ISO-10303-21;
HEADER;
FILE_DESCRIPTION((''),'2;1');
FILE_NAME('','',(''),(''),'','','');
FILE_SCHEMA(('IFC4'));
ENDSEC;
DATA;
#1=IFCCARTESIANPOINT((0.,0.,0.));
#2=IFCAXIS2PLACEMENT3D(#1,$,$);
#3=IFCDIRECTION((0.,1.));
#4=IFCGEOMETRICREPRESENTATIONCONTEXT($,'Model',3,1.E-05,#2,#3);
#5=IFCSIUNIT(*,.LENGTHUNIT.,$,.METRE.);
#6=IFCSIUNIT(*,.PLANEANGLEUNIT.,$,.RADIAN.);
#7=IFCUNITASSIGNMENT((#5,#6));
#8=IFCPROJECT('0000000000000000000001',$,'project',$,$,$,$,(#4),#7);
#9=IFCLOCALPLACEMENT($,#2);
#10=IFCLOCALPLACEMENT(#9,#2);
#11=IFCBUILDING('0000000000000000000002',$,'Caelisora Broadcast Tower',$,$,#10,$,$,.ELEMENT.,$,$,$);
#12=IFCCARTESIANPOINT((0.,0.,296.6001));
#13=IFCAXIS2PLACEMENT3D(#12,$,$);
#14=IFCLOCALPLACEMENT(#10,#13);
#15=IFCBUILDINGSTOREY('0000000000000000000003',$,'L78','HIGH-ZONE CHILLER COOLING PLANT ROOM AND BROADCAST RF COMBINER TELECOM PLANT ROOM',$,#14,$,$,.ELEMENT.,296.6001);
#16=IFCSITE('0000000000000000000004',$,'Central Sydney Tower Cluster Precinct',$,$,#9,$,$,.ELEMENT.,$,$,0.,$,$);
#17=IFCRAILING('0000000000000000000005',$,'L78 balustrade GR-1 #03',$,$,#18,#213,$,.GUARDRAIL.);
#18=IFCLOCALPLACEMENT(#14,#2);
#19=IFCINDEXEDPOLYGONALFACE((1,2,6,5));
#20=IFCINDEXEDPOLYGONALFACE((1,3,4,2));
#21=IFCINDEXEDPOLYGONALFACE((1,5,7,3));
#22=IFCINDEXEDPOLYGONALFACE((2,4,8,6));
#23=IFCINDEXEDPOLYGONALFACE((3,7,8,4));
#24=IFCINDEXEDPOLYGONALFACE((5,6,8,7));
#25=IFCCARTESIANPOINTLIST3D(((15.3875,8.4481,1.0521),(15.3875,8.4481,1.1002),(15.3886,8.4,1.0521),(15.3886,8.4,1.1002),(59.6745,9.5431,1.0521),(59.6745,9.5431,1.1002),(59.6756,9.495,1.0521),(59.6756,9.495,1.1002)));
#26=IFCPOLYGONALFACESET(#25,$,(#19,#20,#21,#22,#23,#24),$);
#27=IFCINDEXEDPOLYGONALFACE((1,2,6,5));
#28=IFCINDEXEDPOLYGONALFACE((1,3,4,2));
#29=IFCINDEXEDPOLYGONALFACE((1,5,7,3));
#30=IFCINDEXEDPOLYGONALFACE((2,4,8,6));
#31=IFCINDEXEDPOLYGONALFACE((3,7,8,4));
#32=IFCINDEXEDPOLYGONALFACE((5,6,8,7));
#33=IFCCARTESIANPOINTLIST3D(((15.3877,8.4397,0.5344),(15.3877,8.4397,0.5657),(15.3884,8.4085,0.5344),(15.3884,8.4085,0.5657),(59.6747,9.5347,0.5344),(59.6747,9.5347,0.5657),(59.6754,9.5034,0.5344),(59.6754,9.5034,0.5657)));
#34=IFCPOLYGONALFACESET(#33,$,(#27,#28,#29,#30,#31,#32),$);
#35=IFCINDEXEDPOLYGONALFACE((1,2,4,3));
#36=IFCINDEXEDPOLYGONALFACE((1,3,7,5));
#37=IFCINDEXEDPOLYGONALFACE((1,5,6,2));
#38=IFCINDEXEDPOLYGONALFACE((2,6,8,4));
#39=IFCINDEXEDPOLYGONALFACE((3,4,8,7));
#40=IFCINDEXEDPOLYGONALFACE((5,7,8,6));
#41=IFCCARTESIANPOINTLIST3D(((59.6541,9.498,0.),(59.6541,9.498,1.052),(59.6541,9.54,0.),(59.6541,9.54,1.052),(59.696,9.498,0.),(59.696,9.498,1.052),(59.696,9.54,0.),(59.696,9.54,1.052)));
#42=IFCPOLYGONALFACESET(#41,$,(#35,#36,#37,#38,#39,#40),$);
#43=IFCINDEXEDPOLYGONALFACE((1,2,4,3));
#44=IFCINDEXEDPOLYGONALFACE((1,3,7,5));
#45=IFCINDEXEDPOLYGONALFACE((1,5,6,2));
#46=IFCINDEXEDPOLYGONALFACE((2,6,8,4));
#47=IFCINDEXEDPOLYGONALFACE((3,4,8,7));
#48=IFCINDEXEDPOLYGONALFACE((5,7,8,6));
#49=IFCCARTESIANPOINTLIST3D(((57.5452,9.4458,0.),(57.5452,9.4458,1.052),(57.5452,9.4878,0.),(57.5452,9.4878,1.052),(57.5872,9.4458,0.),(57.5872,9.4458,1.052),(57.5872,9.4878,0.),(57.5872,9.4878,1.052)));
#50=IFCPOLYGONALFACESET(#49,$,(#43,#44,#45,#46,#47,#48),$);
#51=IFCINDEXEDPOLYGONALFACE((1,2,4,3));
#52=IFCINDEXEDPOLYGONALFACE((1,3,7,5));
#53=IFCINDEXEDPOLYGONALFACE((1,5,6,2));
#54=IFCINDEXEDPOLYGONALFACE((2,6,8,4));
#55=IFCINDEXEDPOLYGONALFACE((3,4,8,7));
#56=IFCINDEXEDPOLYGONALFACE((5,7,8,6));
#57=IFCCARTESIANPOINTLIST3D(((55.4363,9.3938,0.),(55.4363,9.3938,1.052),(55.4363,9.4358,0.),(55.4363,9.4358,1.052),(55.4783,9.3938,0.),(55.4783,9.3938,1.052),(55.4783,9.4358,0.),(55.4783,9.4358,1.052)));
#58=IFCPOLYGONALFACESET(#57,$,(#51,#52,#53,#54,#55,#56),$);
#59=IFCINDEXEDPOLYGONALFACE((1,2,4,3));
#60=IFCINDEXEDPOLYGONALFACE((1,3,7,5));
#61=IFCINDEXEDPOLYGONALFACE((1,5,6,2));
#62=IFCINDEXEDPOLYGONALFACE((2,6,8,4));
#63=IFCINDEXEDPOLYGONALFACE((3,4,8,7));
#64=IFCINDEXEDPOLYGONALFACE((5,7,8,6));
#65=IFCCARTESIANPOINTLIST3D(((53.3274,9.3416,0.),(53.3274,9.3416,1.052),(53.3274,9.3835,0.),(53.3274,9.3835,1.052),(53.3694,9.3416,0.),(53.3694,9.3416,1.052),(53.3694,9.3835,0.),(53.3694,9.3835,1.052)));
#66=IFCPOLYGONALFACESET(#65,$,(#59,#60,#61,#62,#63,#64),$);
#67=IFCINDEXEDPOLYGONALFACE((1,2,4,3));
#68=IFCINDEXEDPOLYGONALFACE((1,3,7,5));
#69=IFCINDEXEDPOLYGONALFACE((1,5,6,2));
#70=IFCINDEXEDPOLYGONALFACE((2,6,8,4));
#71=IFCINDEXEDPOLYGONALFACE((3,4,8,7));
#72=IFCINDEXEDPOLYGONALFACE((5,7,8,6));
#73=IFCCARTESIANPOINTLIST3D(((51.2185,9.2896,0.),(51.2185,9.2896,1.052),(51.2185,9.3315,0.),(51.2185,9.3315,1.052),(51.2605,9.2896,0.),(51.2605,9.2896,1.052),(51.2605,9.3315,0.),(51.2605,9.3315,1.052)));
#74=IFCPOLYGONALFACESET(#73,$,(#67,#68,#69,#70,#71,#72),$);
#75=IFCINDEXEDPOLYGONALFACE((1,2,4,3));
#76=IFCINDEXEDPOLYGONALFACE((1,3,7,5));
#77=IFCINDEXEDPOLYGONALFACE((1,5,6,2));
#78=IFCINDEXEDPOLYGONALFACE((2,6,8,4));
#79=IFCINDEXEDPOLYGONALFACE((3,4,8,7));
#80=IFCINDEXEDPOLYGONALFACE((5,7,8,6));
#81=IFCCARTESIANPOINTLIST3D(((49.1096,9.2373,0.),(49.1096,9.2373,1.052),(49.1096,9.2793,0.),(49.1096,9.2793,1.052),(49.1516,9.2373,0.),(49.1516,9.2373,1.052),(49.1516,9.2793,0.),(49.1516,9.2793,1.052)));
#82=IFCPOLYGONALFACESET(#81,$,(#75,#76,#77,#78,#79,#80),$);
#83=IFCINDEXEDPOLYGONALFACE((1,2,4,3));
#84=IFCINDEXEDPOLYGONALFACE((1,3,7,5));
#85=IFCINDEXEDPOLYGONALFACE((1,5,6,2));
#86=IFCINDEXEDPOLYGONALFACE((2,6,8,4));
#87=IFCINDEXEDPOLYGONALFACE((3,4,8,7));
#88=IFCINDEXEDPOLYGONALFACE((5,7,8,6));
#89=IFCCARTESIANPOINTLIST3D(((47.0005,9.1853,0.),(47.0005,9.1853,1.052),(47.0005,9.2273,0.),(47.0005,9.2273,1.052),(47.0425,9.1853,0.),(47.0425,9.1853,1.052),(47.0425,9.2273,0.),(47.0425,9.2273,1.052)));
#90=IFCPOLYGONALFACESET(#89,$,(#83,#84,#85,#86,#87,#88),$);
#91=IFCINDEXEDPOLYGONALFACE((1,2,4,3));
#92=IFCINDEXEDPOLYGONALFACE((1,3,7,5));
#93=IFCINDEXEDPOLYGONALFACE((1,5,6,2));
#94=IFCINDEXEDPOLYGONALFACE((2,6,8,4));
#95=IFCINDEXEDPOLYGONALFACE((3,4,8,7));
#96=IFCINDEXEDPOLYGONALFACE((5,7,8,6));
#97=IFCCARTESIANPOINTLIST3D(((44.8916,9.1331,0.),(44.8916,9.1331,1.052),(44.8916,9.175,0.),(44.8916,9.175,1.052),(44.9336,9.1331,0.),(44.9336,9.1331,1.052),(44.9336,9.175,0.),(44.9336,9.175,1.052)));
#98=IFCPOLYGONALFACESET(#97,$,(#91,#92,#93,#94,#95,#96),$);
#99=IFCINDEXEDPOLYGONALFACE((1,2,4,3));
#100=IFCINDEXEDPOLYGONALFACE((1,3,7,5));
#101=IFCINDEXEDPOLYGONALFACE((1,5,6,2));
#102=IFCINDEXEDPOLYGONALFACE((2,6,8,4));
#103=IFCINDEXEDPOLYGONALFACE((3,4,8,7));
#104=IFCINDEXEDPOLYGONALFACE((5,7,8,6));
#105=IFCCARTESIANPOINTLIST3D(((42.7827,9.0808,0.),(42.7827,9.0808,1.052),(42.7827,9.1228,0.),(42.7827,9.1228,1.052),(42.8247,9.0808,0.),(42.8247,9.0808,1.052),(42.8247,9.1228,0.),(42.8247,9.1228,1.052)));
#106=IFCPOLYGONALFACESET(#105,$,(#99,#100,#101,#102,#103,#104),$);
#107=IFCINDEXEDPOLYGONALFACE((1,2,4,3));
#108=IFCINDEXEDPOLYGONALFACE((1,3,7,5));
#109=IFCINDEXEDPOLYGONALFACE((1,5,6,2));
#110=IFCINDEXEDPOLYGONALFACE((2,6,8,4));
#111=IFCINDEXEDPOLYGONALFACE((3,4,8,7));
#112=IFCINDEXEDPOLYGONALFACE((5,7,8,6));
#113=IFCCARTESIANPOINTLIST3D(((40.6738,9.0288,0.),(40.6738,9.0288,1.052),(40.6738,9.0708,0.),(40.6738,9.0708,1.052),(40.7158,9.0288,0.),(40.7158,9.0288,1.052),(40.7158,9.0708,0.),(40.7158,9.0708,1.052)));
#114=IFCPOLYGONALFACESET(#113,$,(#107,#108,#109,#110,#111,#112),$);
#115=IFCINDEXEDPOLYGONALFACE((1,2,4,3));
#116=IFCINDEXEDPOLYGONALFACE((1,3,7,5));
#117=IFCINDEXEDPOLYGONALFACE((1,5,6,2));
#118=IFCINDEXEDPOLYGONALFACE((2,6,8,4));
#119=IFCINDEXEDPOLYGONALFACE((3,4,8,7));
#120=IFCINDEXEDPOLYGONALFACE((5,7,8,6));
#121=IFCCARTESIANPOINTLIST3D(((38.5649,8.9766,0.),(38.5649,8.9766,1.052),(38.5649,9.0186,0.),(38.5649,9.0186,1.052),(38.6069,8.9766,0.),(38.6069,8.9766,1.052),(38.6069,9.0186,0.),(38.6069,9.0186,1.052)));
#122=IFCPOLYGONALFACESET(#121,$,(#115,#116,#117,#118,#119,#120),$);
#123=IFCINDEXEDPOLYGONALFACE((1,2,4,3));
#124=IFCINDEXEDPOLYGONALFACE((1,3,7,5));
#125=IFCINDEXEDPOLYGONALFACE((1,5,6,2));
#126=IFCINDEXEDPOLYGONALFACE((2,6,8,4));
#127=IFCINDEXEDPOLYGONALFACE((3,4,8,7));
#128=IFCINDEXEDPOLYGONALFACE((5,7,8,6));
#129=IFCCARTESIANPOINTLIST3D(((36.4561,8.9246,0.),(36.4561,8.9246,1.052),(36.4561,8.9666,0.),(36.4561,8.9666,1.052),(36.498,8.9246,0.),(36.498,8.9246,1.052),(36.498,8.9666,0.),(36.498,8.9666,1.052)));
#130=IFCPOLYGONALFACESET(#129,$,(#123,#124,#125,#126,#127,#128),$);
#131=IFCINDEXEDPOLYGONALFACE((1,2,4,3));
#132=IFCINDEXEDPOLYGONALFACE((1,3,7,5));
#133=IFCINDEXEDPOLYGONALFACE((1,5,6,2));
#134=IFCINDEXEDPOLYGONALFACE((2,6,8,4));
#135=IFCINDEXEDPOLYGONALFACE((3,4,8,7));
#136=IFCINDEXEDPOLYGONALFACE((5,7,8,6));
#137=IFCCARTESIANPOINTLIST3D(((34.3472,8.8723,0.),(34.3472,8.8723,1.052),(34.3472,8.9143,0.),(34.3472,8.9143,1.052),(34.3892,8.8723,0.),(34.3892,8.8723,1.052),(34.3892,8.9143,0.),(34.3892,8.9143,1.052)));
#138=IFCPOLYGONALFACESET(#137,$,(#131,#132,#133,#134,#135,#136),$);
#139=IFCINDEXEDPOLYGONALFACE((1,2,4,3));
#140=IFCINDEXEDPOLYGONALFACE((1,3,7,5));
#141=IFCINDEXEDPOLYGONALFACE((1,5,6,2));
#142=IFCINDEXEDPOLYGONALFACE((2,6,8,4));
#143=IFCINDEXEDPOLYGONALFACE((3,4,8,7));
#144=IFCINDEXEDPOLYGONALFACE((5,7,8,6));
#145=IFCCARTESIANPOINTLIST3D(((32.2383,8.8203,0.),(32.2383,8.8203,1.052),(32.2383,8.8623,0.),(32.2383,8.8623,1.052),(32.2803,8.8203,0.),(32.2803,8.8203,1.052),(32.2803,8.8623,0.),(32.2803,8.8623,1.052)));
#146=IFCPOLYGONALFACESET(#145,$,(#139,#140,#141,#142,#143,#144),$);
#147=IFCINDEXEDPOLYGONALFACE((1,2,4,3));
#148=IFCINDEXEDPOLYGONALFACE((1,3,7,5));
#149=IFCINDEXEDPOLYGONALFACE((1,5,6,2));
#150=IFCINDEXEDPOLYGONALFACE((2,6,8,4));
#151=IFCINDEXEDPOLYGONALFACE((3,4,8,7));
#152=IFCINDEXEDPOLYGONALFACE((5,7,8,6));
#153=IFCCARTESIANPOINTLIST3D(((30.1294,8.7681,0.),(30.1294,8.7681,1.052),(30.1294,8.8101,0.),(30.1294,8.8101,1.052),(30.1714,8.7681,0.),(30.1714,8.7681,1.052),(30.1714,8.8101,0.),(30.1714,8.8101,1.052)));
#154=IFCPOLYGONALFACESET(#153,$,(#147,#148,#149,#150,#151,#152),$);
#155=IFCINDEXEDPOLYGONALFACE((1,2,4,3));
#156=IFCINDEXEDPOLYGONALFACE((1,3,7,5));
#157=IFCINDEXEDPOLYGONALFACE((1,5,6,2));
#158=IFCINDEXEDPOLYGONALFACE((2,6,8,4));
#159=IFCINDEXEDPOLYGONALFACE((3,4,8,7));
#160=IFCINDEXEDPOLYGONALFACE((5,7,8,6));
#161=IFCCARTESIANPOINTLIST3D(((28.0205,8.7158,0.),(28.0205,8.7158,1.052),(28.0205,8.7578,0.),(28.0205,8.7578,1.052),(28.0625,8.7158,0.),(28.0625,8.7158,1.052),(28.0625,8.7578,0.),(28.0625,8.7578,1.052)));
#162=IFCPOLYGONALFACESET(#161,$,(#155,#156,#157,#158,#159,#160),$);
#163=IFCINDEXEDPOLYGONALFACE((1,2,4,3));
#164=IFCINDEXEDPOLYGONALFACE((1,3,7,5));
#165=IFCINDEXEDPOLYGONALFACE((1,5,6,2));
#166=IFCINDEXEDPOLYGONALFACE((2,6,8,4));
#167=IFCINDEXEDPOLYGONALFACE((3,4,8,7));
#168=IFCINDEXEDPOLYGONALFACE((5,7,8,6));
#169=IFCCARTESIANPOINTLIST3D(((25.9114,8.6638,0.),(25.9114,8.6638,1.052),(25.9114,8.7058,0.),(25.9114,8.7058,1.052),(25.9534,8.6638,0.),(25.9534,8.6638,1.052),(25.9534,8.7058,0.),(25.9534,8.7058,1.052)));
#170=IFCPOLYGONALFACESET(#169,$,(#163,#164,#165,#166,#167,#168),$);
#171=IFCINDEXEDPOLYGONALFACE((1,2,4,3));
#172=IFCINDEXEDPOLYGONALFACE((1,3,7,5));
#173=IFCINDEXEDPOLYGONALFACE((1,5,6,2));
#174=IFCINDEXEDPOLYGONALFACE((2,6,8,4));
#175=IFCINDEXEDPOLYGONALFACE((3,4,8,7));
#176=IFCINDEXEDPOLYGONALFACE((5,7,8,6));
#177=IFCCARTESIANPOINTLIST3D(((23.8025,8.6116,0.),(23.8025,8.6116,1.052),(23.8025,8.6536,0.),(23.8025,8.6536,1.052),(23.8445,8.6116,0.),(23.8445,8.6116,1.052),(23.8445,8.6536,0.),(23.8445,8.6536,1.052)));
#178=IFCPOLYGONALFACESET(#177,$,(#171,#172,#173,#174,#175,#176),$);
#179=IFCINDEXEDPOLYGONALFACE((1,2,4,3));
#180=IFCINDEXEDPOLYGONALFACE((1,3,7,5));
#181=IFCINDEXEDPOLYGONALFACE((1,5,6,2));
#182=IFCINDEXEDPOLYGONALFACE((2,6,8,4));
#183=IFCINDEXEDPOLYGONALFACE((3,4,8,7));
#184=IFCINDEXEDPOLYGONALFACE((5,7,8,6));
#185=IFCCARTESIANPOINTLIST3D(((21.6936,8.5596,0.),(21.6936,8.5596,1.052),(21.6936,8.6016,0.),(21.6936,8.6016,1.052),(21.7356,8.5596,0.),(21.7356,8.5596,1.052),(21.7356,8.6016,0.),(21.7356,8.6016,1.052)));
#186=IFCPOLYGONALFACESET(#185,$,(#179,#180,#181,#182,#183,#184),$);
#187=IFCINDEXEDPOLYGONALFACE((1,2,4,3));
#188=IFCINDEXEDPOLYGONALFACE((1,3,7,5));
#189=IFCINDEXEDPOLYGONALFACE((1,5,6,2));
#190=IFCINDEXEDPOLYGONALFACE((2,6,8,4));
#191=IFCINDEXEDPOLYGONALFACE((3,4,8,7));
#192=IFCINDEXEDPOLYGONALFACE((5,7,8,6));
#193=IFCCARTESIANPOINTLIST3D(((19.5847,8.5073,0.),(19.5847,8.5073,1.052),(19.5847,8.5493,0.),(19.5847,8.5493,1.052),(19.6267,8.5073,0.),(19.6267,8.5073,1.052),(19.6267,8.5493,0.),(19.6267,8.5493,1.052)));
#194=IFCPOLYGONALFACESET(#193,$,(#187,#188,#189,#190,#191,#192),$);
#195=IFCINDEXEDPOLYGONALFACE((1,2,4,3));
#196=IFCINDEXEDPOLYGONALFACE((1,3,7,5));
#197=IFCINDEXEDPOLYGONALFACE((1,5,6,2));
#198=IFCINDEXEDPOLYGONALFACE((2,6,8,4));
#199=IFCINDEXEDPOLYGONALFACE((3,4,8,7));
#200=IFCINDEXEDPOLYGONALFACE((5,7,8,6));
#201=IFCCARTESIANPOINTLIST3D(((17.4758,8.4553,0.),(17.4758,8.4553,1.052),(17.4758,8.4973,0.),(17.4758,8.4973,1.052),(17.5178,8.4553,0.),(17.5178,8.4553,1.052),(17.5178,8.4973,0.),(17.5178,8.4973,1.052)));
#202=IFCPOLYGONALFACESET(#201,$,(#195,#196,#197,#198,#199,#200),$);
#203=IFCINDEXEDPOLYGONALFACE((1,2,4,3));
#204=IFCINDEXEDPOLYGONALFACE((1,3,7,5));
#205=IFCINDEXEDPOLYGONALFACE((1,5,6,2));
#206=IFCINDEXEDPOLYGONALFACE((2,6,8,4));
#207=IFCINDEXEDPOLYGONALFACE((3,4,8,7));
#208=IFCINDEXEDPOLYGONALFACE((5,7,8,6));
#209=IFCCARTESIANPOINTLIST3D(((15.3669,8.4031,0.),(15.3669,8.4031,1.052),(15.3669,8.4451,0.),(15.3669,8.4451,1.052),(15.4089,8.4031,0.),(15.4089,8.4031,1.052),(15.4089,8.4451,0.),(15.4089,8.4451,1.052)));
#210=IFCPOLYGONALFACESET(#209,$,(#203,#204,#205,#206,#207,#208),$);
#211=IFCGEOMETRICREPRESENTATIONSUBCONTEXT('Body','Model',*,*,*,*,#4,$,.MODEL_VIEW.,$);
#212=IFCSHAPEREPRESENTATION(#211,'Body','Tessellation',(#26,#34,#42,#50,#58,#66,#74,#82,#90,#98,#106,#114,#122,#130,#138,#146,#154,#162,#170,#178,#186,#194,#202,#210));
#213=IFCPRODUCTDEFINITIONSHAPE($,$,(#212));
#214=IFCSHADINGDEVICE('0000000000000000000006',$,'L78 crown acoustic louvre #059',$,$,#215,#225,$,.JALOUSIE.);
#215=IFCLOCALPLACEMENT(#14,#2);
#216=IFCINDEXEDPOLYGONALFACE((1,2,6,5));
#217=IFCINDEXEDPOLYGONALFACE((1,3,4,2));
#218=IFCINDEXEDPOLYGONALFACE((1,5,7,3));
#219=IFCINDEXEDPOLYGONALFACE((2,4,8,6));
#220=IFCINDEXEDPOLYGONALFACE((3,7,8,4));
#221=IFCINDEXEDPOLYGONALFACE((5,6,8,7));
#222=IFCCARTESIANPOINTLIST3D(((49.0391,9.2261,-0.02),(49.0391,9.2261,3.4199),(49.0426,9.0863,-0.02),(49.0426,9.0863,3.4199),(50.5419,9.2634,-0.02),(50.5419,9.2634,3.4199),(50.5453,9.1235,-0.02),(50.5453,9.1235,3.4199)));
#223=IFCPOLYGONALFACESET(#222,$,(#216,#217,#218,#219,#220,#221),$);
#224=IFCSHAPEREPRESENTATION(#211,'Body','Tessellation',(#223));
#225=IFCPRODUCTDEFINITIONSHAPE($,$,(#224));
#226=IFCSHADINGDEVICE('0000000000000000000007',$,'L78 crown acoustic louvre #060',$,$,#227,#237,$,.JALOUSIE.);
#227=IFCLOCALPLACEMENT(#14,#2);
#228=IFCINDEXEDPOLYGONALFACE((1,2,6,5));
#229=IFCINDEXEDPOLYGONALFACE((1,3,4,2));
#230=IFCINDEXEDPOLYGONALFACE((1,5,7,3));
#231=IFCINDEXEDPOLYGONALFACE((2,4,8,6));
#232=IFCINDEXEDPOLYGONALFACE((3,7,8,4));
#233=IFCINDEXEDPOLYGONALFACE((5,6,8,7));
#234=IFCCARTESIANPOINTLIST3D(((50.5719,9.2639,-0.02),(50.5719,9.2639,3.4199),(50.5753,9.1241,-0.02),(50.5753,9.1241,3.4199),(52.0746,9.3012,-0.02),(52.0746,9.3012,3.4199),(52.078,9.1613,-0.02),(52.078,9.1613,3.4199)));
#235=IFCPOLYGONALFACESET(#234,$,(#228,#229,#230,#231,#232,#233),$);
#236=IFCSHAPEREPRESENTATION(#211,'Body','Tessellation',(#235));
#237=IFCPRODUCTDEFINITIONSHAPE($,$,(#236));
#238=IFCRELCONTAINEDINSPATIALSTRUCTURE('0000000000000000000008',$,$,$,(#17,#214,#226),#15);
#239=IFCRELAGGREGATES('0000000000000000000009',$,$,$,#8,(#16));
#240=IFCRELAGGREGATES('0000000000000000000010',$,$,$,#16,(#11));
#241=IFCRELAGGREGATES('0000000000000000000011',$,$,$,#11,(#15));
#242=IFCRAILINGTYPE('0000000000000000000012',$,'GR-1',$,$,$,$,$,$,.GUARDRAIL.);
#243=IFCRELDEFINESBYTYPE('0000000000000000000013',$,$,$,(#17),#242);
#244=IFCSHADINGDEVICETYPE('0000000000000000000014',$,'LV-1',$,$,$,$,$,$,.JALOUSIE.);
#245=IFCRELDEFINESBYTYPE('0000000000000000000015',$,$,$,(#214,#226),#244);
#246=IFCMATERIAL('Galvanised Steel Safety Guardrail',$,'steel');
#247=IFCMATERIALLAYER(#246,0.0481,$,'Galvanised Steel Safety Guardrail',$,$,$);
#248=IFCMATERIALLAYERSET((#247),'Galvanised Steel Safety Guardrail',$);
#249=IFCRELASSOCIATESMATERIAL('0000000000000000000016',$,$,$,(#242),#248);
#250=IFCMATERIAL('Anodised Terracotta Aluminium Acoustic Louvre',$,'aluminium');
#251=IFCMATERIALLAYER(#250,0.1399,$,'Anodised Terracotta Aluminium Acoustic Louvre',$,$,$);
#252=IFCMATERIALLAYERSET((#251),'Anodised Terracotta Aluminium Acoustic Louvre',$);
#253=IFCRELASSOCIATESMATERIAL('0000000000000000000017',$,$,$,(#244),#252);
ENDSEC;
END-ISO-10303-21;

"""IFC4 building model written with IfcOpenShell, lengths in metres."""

from ifc_helpers import new_model, si_unit, direction, frame, origin, origin_2d, place, context, subcontext, project, spatial, rectangle, extrude, source, transform, mapped, material, layer, layer_set, type_object, element, save


model = new_model("IFC4")

# Units and contexts
model_context = context("Model", 3, precision=1e-05, world=origin(), true_north=direction((0.0, 1.0)))
body_context = subcontext(model_context, "Body", "Model", "MODEL_VIEW")
ifc_project = project(units=[si_unit("LENGTHUNIT", "METRE"), si_unit("PLANEANGLEUNIT", "RADIAN")], contexts=[model_context])

# Site, building, storey
site_placement = place(None, origin())
site = spatial("IfcSite", under=ifc_project, at=site_placement, Name="Central Sydney Tower Cluster Precinct", CompositionType="ELEMENT", RefElevation=0.0)
building_placement = place(site_placement, origin())
building = spatial("IfcBuilding", under=site, at=building_placement, Name="Caelisora Broadcast Tower", CompositionType="ELEMENT")
storey_placement = place(building_placement, frame((0.0, 0.0, 296.6001)))
storey = spatial("IfcBuildingStorey", under=building, at=storey_placement, Name="L78", Description="HIGH-ZONE CHILLER COOLING PLANT ROOM AND BROADCAST RF COMBINER TELECOM PLANT ROOM", CompositionType="ELEMENT", Elevation=296.6001)

# Railing
ifc_material_1 = material(Name="Galvanised Steel Safety Guardrail", Category="steel")
ifc_layer_1 = layer(ifc_material_1, 0.0481, Name="Galvanised Steel Safety Guardrail")
ifc_layer_set_1 = layer_set([ifc_layer_1], Name="Galvanised Steel Safety Guardrail")
railing_type = type_object("IfcRailingType", Name="GR-1", PredefinedType="GUARDRAIL", material=ifc_layer_set_1)
railing_1_placement = place(storey_placement, frame((59.675, 9.519, 0.0)))
element("IfcRailing", 1, at=railing_1_placement, inside=storey, type_object=railing_type, Name="L78 balustrade GR-1 #03", PredefinedType="GUARDRAIL", context=body_context, shape_type="SweptSolid", body=[
    extrude(rectangle(XDim=0.0481, YDim=0.0481, at=origin_2d()), frame((0.0, 0.0, 1.0762), z_axis=(-0.999694, -0.024717, 0.0), x_axis=(0.024717, -0.999694, 0.0)), (0.0, 0.0, 1.0), 44.3005),
    extrude(rectangle(XDim=0.0312, YDim=0.0312, at=origin_2d()), frame((0.0, 0.0, 0.55), z_axis=(-0.999694, -0.024717, 0.0), x_axis=(0.024717, -0.999694, 0.0)), (0.0, 0.0, 1.0), 44.3005),
    extrude(rectangle(XDim=0.042, YDim=0.042, at=origin_2d()), origin(), (0.0, 0.0, 1.0), 1.052),
    extrude(rectangle(XDim=0.042, YDim=0.042, at=origin_2d()), frame((-2.1089, -0.0522, 0.0)), (0.0, 0.0, 1.0), 1.052),
    extrude(rectangle(XDim=0.042, YDim=0.042, at=origin_2d()), frame((-4.2178, -0.1042, 0.0)), (0.0, 0.0, 1.0), 1.052),
    extrude(rectangle(XDim=0.042, YDim=0.042, at=origin_2d()), frame((-6.3267, -0.1565, 0.0)), (0.0, 0.0, 1.0), 1.052),
    extrude(rectangle(XDim=0.042, YDim=0.042, at=origin_2d()), frame((-8.4355, -0.2085, 0.0)), (0.0, 0.0, 1.0), 1.052),
    extrude(rectangle(XDim=0.042, YDim=0.042, at=origin_2d()), frame((-10.5444, -0.2607, 0.0)), (0.0, 0.0, 1.0), 1.052),
    extrude(rectangle(XDim=0.042, YDim=0.042, at=origin_2d()), frame((-12.6536, -0.3127, 0.0)), (0.0, 0.0, 1.0), 1.052),
    extrude(rectangle(XDim=0.042, YDim=0.042, at=origin_2d()), frame((-14.7625, -0.365, 0.0)), (0.0, 0.0, 1.0), 1.052),
    extrude(rectangle(XDim=0.042, YDim=0.042, at=origin_2d()), frame((-16.8713, -0.4172, 0.0)), (0.0, 0.0, 1.0), 1.052),
    extrude(rectangle(XDim=0.042, YDim=0.042, at=origin_2d()), frame((-18.9802, -0.4692, 0.0)), (0.0, 0.0, 1.0), 1.052),
    extrude(rectangle(XDim=0.042, YDim=0.042, at=origin_2d()), frame((-21.0891, -0.5215, 0.0)), (0.0, 0.0, 1.0), 1.052),
    extrude(rectangle(XDim=0.042, YDim=0.042, at=origin_2d()), frame((-23.198, -0.5735, 0.0)), (0.0, 0.0, 1.0), 1.052),
    extrude(rectangle(XDim=0.042, YDim=0.042, at=origin_2d()), frame((-25.3069, -0.6257, 0.0)), (0.0, 0.0, 1.0), 1.052),
    extrude(rectangle(XDim=0.042, YDim=0.042, at=origin_2d()), frame((-27.4158, -0.6777, 0.0)), (0.0, 0.0, 1.0), 1.052),
    extrude(rectangle(XDim=0.042, YDim=0.042, at=origin_2d()), frame((-29.5247, -0.73, 0.0)), (0.0, 0.0, 1.0), 1.052),
    extrude(rectangle(XDim=0.042, YDim=0.042, at=origin_2d()), frame((-31.6335, -0.7822, 0.0)), (0.0, 0.0, 1.0), 1.052),
    extrude(rectangle(XDim=0.042, YDim=0.042, at=origin_2d()), frame((-33.7427, -0.8342, 0.0)), (0.0, 0.0, 1.0), 1.052),
    extrude(rectangle(XDim=0.042, YDim=0.042, at=origin_2d()), frame((-35.8516, -0.8865, 0.0)), (0.0, 0.0, 1.0), 1.052),
    extrude(rectangle(XDim=0.042, YDim=0.042, at=origin_2d()), frame((-37.9604, -0.9385, 0.0)), (0.0, 0.0, 1.0), 1.052),
    extrude(rectangle(XDim=0.042, YDim=0.042, at=origin_2d()), frame((-40.0693, -0.9907, 0.0)), (0.0, 0.0, 1.0), 1.052),
    extrude(rectangle(XDim=0.042, YDim=0.042, at=origin_2d()), frame((-42.1782, -1.0427, 0.0)), (0.0, 0.0, 1.0), 1.052),
    extrude(rectangle(XDim=0.042, YDim=0.042, at=origin_2d()), frame((-44.2871, -1.095, 0.0)), (0.0, 0.0, 1.0), 1.052),
])

# Shading devices
ifc_material_2 = material(Name="Anodised Terracotta Aluminium Acoustic Louvre", Category="aluminium")
ifc_layer_2 = layer(ifc_material_2, 0.1399, Name="Anodised Terracotta Aluminium Acoustic Louvre")
ifc_layer_set_2 = layer_set([ifc_layer_2], Name="Anodised Terracotta Aluminium Acoustic Louvre")
shading_device_type = type_object("IfcShadingDeviceType", Name="LV-1", PredefinedType="JALOUSIE", material=ifc_layer_set_2)
shared_shape_1 = source(origin(), body_context, "Body", "SweptSolid", [
    extrude(rectangle(XDim=1.5032, YDim=0.1399, at=origin_2d()), origin(), (0.0, 0.0, 1.0), 3.4399),
])
for number, where, z_axis, x_axis, name in (
    (2, (49.7922, 9.1748, -0.02), (0.0, 0.0, 1.0), (0.999693, 0.024781, 0.0), "L78 crown acoustic louvre #059"),
    (3, (51.325, 9.2126, -0.02), (0.0, 0.0, 1.0), (0.999693, 0.024781, 0.0), "L78 crown acoustic louvre #060"),
):
    element("IfcShadingDevice", number, at=place(storey_placement, frame(where, z_axis=z_axis, x_axis=x_axis)), inside=storey, type_object=shading_device_type, Name=name, PredefinedType="JALOUSIE", context=body_context, shape_type="MappedRepresentation", body=[
        mapped(shared_shape_1, transform((0.0, 0.0, 0.0), scale=1.0)),
    ])

save(model, "model.ifc")
